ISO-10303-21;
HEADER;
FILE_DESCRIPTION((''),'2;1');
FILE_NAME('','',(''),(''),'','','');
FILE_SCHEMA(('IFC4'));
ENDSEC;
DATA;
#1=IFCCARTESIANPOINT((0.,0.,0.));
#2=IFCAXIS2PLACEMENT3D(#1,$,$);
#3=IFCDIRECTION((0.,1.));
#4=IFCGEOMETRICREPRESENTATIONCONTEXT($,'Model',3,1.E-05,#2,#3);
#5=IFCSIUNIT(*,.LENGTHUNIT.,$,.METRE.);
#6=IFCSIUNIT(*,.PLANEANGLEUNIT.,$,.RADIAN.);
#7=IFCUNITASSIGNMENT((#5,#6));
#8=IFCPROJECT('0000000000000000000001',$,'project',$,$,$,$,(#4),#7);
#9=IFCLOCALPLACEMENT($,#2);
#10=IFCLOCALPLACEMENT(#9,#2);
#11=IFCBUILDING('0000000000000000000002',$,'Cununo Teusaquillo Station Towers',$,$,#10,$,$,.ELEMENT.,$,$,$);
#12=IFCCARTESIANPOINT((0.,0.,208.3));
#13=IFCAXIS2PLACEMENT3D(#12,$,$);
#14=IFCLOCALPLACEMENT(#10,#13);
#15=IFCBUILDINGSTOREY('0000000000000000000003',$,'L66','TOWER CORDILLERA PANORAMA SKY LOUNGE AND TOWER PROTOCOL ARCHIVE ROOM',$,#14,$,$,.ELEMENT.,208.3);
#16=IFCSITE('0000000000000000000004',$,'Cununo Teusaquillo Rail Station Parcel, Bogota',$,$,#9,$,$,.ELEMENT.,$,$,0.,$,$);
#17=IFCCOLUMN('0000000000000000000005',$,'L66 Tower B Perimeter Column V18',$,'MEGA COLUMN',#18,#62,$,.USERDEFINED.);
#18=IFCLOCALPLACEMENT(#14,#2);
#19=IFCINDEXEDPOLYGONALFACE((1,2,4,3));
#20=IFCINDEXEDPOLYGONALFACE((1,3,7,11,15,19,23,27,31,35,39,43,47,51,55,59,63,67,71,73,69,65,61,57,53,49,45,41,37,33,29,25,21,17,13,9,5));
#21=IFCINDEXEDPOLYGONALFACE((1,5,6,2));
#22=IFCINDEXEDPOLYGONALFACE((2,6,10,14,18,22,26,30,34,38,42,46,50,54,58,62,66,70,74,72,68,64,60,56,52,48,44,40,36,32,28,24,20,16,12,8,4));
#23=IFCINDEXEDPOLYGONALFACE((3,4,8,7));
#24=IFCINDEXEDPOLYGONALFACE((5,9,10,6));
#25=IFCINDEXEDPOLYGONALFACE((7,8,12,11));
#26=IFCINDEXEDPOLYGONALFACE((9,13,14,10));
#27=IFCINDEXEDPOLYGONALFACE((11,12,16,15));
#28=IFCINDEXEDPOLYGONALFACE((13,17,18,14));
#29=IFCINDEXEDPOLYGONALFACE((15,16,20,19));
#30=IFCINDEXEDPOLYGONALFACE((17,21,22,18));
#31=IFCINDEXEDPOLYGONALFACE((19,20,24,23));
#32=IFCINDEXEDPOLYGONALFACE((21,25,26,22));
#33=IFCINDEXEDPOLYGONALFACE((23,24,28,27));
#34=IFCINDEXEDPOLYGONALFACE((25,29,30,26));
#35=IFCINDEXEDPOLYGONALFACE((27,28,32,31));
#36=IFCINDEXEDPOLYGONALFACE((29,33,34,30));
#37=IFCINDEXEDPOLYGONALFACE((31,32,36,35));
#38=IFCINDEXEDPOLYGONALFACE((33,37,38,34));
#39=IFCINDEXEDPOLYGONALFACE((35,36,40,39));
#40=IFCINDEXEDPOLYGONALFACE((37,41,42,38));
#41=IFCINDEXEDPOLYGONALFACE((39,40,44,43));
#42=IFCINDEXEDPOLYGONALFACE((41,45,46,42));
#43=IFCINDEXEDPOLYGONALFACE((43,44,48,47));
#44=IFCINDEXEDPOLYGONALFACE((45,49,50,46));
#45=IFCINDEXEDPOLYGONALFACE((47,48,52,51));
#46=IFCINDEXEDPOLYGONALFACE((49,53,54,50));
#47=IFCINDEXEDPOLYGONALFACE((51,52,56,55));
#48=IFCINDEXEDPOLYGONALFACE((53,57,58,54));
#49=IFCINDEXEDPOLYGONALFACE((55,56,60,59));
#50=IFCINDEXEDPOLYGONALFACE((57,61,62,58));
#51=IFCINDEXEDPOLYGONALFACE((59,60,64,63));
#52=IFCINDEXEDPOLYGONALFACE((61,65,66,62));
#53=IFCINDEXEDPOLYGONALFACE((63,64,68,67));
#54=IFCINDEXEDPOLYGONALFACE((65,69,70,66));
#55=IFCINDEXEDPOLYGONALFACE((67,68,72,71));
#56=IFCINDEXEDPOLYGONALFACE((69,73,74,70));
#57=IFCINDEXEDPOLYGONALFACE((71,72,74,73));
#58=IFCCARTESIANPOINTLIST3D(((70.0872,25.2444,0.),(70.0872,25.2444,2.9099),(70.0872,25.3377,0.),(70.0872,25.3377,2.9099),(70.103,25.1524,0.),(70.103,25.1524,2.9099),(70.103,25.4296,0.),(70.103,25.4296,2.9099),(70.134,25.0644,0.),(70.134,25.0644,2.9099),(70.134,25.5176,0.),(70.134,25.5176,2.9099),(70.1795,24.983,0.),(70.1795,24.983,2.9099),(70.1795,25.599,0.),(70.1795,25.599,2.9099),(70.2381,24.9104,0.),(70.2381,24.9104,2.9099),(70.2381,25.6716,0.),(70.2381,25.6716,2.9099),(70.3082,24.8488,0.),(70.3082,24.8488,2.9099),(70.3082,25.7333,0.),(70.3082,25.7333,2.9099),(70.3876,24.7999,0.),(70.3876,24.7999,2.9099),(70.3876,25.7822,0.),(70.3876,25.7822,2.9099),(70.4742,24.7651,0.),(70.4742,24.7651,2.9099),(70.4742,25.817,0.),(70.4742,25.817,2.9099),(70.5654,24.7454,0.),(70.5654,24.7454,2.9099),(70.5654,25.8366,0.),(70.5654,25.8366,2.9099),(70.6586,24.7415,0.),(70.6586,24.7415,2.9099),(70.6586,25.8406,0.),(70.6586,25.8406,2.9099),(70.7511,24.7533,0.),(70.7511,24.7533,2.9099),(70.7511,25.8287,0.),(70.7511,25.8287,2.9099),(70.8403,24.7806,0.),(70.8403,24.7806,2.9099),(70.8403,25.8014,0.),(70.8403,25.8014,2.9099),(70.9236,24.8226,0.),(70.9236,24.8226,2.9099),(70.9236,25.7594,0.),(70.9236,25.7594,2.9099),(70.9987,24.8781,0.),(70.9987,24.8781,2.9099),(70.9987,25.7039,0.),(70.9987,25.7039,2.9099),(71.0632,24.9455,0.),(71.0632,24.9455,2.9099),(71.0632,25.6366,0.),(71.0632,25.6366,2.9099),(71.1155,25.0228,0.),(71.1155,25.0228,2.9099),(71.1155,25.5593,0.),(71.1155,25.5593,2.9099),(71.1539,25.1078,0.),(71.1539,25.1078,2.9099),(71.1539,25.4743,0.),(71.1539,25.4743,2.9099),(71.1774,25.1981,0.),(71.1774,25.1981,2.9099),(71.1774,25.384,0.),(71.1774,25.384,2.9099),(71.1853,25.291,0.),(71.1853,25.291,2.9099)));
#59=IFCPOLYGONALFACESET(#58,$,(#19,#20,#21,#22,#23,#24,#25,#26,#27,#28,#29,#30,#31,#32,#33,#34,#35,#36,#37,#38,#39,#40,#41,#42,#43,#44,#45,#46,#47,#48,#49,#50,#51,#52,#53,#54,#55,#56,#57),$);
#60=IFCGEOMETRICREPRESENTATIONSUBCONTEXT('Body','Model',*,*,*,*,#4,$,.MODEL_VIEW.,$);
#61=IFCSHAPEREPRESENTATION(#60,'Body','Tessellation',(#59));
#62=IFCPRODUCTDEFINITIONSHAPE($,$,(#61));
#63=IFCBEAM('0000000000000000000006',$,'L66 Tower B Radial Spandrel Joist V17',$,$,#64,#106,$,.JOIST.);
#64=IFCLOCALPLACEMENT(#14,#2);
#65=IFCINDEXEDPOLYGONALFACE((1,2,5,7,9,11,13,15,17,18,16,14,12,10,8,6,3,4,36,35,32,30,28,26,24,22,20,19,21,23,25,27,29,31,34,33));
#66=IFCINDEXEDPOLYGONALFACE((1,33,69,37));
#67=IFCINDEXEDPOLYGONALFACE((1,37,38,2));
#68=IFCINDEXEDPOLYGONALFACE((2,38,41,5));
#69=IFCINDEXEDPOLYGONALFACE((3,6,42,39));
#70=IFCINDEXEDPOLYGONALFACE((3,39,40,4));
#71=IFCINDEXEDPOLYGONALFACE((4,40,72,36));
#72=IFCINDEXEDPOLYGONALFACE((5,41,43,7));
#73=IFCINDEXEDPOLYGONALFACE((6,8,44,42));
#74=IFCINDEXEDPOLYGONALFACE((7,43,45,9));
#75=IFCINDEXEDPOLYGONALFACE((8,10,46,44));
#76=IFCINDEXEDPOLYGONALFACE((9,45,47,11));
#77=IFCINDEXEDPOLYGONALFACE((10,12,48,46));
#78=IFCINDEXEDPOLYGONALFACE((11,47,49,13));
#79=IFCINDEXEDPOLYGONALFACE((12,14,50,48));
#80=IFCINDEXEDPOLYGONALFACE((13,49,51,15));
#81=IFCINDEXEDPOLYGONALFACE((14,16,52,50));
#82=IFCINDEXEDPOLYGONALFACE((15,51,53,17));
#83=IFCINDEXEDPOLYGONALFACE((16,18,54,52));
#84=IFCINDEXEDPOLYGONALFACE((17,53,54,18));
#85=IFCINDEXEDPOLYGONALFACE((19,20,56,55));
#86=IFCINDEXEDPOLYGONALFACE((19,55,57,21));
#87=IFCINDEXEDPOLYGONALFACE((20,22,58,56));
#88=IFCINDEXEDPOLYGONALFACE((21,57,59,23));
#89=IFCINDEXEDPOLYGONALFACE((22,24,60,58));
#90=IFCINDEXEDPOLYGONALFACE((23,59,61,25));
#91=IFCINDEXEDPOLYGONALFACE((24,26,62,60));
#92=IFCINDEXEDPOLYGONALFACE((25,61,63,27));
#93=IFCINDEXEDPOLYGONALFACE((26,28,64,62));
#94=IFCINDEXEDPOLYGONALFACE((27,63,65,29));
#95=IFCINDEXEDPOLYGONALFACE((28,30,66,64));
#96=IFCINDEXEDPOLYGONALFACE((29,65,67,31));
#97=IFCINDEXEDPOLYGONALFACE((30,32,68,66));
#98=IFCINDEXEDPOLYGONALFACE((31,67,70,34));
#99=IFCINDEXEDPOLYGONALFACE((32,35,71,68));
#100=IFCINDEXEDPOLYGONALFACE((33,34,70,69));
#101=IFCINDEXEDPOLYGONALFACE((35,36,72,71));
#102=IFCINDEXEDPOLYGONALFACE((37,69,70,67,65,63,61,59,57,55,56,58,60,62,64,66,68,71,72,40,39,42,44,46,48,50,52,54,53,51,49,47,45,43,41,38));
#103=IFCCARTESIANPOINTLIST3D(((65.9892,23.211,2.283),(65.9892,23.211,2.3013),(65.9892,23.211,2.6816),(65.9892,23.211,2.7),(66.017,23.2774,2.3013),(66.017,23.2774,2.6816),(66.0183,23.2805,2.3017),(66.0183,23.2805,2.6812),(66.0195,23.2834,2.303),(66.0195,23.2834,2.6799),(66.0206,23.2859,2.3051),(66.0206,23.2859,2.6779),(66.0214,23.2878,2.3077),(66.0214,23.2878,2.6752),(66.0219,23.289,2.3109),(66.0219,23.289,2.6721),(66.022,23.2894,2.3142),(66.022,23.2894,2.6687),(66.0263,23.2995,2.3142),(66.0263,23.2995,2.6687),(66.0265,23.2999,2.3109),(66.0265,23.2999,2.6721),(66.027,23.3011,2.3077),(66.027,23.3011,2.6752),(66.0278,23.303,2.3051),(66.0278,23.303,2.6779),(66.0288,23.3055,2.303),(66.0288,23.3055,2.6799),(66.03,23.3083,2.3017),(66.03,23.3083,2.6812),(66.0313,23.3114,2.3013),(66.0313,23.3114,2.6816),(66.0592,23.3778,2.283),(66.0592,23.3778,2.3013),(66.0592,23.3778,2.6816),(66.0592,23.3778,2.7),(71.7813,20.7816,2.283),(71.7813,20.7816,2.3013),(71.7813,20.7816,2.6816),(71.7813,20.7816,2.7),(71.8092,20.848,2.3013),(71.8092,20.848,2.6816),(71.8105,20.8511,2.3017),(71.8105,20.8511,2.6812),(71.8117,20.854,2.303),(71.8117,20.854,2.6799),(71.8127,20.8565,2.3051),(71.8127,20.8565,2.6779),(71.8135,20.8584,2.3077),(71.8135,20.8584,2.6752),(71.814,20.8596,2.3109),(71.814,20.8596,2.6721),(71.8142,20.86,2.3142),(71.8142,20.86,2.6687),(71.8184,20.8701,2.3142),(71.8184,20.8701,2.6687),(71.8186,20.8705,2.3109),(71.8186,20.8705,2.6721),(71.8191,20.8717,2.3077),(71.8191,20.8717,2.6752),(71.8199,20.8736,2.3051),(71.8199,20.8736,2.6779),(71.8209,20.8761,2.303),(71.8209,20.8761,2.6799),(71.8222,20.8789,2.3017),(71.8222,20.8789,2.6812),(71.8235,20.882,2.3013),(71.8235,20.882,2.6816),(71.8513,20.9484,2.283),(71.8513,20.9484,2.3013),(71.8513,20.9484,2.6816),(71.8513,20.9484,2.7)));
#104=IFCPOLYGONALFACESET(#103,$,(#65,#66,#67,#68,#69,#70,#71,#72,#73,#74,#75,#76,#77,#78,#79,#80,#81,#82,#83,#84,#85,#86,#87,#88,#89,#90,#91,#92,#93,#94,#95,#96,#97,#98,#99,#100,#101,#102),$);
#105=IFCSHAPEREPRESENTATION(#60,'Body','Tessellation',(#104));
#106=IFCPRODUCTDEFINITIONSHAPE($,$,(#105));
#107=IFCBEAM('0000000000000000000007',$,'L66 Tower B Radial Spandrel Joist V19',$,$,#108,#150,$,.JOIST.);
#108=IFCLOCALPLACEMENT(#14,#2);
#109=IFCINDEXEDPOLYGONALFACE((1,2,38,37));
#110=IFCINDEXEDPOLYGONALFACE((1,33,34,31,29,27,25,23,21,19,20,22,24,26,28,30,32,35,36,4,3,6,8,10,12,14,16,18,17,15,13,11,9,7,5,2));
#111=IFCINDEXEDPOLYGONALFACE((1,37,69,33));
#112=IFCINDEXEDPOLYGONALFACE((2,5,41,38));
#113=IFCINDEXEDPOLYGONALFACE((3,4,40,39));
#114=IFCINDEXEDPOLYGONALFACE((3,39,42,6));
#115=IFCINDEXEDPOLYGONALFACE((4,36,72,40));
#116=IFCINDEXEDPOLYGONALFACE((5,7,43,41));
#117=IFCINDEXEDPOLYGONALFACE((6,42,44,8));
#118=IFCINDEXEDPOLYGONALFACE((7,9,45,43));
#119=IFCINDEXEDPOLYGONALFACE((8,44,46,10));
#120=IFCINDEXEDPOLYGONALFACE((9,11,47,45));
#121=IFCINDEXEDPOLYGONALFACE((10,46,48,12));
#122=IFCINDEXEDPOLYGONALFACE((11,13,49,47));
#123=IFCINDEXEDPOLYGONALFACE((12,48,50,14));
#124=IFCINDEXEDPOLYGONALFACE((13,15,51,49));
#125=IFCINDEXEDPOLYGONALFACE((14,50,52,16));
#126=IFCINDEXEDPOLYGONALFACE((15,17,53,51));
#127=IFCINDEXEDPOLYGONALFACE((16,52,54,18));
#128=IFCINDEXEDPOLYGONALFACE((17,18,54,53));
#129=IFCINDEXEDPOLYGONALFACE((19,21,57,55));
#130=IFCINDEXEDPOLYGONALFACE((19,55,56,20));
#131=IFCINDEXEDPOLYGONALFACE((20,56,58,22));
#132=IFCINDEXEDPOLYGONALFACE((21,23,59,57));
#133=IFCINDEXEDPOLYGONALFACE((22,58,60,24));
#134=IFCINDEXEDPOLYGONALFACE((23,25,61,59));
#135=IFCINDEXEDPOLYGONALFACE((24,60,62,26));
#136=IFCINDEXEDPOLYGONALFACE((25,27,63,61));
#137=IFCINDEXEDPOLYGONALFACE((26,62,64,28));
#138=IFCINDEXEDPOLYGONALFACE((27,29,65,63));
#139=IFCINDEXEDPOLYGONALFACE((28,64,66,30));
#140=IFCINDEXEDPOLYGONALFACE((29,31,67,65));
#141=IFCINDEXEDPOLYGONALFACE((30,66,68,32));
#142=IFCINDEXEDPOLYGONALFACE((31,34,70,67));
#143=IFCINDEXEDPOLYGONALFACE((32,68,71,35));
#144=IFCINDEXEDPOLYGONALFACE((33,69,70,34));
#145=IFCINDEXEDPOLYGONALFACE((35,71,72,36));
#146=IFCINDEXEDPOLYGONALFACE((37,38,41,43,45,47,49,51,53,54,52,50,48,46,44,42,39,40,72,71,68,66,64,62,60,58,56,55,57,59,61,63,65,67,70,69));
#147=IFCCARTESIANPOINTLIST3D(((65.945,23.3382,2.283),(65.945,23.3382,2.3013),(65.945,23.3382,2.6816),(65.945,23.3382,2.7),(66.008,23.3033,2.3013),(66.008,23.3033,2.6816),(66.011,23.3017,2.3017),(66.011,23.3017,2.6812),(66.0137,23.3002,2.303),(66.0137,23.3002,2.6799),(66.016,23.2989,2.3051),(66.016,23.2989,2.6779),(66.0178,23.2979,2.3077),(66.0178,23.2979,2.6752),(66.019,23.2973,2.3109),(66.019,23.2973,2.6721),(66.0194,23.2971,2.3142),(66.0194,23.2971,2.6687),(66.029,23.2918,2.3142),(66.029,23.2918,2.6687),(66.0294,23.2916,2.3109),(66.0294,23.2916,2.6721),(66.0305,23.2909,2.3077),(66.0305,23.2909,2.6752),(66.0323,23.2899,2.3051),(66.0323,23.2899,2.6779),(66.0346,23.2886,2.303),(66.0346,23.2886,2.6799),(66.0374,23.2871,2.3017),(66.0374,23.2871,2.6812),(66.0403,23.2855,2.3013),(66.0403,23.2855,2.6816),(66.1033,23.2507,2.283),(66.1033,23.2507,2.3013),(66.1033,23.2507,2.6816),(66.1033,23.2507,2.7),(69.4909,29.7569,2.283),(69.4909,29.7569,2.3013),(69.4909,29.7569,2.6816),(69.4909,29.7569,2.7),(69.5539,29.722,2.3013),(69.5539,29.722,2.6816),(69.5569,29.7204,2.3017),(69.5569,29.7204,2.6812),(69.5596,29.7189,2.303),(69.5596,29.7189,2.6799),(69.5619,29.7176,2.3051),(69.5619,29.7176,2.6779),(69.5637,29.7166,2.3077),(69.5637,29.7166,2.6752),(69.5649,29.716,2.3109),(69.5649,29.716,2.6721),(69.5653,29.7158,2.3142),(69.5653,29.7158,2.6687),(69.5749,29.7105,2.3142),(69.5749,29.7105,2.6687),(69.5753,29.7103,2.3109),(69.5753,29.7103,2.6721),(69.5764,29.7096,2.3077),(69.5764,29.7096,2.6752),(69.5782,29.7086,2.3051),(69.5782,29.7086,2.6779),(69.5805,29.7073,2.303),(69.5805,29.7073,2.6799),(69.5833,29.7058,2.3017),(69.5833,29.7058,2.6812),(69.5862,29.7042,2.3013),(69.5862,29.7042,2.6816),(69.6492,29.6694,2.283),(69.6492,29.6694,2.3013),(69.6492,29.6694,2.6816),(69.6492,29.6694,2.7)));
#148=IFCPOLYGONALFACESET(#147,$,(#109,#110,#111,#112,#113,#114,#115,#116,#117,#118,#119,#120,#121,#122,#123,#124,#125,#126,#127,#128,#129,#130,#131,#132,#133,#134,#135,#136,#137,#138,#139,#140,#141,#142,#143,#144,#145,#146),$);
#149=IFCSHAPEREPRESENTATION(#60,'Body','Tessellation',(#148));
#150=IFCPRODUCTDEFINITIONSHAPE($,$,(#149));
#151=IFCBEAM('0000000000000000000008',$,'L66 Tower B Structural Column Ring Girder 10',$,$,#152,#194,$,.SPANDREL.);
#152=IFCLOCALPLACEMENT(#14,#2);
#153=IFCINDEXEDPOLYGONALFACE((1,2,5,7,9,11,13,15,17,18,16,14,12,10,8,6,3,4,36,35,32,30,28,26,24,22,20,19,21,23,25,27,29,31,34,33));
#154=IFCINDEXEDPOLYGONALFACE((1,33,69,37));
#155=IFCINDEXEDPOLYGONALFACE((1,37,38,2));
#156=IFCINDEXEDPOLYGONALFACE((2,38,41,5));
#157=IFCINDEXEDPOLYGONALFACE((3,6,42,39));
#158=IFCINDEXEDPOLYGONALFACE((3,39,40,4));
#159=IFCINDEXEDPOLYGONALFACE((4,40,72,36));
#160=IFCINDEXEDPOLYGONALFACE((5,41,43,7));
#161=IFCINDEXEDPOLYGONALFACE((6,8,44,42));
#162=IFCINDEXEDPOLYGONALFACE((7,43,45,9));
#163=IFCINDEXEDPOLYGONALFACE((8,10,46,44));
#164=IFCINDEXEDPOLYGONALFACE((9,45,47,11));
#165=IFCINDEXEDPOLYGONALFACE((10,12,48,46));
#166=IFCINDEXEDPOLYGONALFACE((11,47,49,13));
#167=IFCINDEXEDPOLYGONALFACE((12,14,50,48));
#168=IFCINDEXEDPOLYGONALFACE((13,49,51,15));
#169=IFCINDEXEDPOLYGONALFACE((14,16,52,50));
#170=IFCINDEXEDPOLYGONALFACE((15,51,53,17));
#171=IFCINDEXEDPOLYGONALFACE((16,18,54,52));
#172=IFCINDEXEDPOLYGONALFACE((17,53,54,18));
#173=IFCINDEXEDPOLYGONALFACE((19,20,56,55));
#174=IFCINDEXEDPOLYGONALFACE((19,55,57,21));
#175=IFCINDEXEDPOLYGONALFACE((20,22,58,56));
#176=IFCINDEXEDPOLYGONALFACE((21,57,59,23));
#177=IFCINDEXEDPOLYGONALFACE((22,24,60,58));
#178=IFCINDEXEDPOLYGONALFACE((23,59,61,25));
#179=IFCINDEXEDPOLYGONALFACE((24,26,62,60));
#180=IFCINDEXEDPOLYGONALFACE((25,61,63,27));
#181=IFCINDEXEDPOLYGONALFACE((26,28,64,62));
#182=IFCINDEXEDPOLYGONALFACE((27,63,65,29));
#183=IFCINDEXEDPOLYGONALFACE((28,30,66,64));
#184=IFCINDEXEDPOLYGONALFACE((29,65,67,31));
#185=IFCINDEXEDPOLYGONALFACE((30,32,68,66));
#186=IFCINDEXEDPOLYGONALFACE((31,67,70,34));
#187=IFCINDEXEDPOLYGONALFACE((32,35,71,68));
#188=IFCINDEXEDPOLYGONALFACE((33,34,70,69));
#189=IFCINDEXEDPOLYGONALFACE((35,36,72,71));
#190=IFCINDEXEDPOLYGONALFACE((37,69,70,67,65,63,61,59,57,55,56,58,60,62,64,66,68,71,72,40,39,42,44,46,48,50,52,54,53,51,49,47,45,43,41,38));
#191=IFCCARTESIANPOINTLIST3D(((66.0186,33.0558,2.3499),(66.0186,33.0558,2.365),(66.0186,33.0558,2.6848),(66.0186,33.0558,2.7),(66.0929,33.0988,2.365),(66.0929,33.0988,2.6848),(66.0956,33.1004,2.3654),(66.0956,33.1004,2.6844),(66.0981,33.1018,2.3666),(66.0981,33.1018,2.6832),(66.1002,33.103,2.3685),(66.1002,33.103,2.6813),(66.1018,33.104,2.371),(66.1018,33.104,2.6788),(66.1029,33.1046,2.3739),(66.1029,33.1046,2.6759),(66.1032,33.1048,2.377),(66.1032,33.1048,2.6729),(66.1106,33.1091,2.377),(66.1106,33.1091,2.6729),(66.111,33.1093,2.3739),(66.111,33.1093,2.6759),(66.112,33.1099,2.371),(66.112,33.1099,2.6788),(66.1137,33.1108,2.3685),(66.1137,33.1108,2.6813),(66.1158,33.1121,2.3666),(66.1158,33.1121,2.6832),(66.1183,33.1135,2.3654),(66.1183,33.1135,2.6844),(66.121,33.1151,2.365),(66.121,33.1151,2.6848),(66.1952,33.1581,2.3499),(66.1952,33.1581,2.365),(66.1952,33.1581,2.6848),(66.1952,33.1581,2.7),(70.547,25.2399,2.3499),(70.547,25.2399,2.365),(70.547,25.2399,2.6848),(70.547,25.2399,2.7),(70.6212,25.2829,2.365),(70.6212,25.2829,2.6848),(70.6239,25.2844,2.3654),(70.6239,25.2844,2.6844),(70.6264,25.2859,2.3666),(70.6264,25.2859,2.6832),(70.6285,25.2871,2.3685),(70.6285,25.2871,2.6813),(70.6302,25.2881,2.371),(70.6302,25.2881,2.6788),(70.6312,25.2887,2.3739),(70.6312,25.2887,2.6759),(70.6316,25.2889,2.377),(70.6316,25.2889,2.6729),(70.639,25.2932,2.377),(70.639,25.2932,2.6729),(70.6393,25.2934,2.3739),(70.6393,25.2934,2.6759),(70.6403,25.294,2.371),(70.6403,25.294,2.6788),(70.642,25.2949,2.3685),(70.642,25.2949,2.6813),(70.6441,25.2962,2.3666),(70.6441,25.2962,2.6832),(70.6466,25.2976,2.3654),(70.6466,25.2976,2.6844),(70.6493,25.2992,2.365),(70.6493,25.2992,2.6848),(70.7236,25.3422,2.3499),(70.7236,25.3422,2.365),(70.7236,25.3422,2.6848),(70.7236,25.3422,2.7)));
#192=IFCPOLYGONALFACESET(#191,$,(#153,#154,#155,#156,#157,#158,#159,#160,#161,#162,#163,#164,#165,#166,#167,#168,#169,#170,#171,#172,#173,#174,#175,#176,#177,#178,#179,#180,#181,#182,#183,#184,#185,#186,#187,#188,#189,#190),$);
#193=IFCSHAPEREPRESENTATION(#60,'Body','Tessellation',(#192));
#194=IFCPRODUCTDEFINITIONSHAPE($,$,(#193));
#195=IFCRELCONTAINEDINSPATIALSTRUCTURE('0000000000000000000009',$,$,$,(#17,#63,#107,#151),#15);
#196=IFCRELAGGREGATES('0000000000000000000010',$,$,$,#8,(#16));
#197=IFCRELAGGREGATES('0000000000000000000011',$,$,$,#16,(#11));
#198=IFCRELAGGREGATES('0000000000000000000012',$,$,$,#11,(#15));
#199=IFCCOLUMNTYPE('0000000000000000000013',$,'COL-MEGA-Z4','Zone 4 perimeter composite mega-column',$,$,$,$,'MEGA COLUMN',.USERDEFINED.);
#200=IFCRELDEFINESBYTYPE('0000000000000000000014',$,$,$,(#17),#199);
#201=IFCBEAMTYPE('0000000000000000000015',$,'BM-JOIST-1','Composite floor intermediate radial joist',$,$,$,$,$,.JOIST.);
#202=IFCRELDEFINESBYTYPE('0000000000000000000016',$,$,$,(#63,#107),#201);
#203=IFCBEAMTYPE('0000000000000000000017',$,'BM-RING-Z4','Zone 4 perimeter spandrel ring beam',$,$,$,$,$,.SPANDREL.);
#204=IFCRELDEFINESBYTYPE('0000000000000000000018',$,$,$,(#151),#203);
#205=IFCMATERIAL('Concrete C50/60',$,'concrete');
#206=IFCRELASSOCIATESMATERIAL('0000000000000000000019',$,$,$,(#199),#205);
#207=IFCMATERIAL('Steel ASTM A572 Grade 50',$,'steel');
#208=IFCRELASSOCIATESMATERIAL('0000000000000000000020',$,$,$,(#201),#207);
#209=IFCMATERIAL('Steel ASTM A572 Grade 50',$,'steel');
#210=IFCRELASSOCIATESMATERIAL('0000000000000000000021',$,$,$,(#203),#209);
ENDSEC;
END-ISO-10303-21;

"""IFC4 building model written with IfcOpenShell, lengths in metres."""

from ifc_helpers import new_model, si_unit, direction, frame, origin, origin_2d, place, context, subcontext, project, spatial, circle, i_section, extrude, material, material_profile, profile_set, type_object, element, save


model = new_model("IFC4")

# Units and contexts
model_context = context("Model", 3, precision=1e-05, world=origin(), true_north=direction((0.0, 1.0)))
body_context = subcontext(model_context, "Body", "Model", "MODEL_VIEW")
ifc_project = project(units=[si_unit("LENGTHUNIT", "METRE"), si_unit("PLANEANGLEUNIT", "RADIAN")], contexts=[model_context])

# Site, building, storey
site_placement = place(None, origin())
site = spatial("IfcSite", under=ifc_project, at=site_placement, Name="Cununo Teusaquillo Rail Station Parcel, Bogota", CompositionType="ELEMENT", RefElevation=0.0)
building_placement = place(site_placement, origin())
building = spatial("IfcBuilding", under=site, at=building_placement, Name="Cununo Teusaquillo Station Towers", CompositionType="ELEMENT")
storey_placement = place(building_placement, frame((0.0, 0.0, 208.3)))
storey = spatial("IfcBuildingStorey", under=building, at=storey_placement, Name="L66", Description="TOWER CORDILLERA PANORAMA SKY LOUNGE AND TOWER PROTOCOL ARCHIVE ROOM", CompositionType="ELEMENT", Elevation=208.3)

# Column
ifc_material_1 = material(Name="Concrete C50/60", Category="concrete")
ifc_material_profile_1 = material_profile(ifc_material_1, circle(Radius=0.55, at=origin_2d()), Name="RC-CIRC-1100")
ifc_profile_set_1 = profile_set([ifc_material_profile_1], Name="Concrete C50/60")
column_type = type_object("IfcColumnType", Name="COL-MEGA-Z4", Description="Zone 4 perimeter composite mega-column", ElementType="MEGA COLUMN", PredefinedType="USERDEFINED", material=ifc_profile_set_1)
column_placement = place(storey_placement, frame((70.6353, 25.291, 0.0), z_axis=(0.0, 0.0, 1.0), x_axis=(1.0, 0.0, 0.0)))
element("IfcColumn", 1, at=column_placement, inside=storey, type_object=column_type, Name="L66 Tower B Perimeter Column V18", ObjectType="MEGA COLUMN", PredefinedType="USERDEFINED", context=body_context, shape_type="SweptSolid", body=[
    extrude(circle(Radius=0.55, at=origin_2d()), origin(), (0.0, 0.0, 1.0), 2.9099),
])

# Beams
ifc_material_2 = material(Name="Steel ASTM A572 Grade 50", Category="steel")
ifc_material_profile_2 = material_profile(ifc_material_2, i_section(OverallWidth=0.1809, OverallDepth=0.417, WebThickness=0.011, FlangeThickness=0.0183, FilletRadius=0.0129, at=origin_2d()), Name="W16X57")
ifc_profile_set_2 = profile_set([ifc_material_profile_2], Name="Steel ASTM A572 Grade 50")
beam_type_1 = type_object("IfcBeamType", Name="BM-JOIST-1", Description="Composite floor intermediate radial joist", PredefinedType="JOIST", material=ifc_profile_set_2)
beam_1_placement = place(storey_placement, frame((66.0242, 23.2944, 2.4915), z_axis=(0.922169, -0.386786, 0.0), x_axis=(0.386786, 0.922169, 0.0)))
element("IfcBeam", 2, at=beam_1_placement, inside=storey, type_object=beam_type_1, Name="L66 Tower B Radial Spandrel Joist V17", PredefinedType="JOIST", context=body_context, shape_type="SweptSolid", body=[
    extrude(i_section(OverallWidth=0.1809, OverallDepth=0.417, WebThickness=0.011, FlangeThickness=0.0183, FilletRadius=0.0129, at=origin_2d()), origin(), (0.0, 0.0, 1.0), 6.281),
])
beam_2_placement = place(storey_placement, frame((66.0242, 23.2944, 2.4915), z_axis=(0.483553, 0.875315, 0.0), x_axis=(-0.875315, 0.483553, 0.0)))
element("IfcBeam", 3, at=beam_2_placement, inside=storey, type_object=beam_type_1, Name="L66 Tower B Radial Spandrel Joist V19", PredefinedType="JOIST", context=body_context, shape_type="SweptSolid", body=[
    extrude(i_section(OverallWidth=0.1809, OverallDepth=0.417, WebThickness=0.011, FlangeThickness=0.0183, FilletRadius=0.0129, at=origin_2d()), origin(), (0.0, 0.0, 1.0), 7.333),
])
ifc_material_3 = material(Name="Steel ASTM A572 Grade 50", Category="steel")
ifc_material_profile_3 = material_profile(ifc_material_3, i_section(OverallWidth=0.2041, OverallDepth=0.3501, WebThickness=0.0085, FlangeThickness=0.0151, FilletRadius=0.012, at=origin_2d()), Name="W14X48")
ifc_profile_set_3 = profile_set([ifc_material_profile_3], Name="Steel ASTM A572 Grade 50")
beam_type_2 = type_object("IfcBeamType", Name="BM-RING-Z4", Description="Zone 4 perimeter spandrel ring beam", PredefinedType="SPANDREL", material=ifc_profile_set_3)
beam_3_placement = place(storey_placement, frame((70.6353, 25.291, 2.5249), z_axis=(-0.501311, 0.865267, 0.0), x_axis=(-0.865267, -0.501311, 0.0)))
element("IfcBeam", 4, at=beam_3_placement, inside=storey, type_object=beam_type_2, Name="L66 Tower B Structural Column Ring Girder 10", PredefinedType="SPANDREL", context=body_context, shape_type="SweptSolid", body=[
    extrude(i_section(OverallWidth=0.2041, OverallDepth=0.3501, WebThickness=0.0085, FlangeThickness=0.0151, FilletRadius=0.012, at=origin_2d()), origin(), (0.0, 0.0, 1.0), 9.033),
])

save(model, "model.ifc")
